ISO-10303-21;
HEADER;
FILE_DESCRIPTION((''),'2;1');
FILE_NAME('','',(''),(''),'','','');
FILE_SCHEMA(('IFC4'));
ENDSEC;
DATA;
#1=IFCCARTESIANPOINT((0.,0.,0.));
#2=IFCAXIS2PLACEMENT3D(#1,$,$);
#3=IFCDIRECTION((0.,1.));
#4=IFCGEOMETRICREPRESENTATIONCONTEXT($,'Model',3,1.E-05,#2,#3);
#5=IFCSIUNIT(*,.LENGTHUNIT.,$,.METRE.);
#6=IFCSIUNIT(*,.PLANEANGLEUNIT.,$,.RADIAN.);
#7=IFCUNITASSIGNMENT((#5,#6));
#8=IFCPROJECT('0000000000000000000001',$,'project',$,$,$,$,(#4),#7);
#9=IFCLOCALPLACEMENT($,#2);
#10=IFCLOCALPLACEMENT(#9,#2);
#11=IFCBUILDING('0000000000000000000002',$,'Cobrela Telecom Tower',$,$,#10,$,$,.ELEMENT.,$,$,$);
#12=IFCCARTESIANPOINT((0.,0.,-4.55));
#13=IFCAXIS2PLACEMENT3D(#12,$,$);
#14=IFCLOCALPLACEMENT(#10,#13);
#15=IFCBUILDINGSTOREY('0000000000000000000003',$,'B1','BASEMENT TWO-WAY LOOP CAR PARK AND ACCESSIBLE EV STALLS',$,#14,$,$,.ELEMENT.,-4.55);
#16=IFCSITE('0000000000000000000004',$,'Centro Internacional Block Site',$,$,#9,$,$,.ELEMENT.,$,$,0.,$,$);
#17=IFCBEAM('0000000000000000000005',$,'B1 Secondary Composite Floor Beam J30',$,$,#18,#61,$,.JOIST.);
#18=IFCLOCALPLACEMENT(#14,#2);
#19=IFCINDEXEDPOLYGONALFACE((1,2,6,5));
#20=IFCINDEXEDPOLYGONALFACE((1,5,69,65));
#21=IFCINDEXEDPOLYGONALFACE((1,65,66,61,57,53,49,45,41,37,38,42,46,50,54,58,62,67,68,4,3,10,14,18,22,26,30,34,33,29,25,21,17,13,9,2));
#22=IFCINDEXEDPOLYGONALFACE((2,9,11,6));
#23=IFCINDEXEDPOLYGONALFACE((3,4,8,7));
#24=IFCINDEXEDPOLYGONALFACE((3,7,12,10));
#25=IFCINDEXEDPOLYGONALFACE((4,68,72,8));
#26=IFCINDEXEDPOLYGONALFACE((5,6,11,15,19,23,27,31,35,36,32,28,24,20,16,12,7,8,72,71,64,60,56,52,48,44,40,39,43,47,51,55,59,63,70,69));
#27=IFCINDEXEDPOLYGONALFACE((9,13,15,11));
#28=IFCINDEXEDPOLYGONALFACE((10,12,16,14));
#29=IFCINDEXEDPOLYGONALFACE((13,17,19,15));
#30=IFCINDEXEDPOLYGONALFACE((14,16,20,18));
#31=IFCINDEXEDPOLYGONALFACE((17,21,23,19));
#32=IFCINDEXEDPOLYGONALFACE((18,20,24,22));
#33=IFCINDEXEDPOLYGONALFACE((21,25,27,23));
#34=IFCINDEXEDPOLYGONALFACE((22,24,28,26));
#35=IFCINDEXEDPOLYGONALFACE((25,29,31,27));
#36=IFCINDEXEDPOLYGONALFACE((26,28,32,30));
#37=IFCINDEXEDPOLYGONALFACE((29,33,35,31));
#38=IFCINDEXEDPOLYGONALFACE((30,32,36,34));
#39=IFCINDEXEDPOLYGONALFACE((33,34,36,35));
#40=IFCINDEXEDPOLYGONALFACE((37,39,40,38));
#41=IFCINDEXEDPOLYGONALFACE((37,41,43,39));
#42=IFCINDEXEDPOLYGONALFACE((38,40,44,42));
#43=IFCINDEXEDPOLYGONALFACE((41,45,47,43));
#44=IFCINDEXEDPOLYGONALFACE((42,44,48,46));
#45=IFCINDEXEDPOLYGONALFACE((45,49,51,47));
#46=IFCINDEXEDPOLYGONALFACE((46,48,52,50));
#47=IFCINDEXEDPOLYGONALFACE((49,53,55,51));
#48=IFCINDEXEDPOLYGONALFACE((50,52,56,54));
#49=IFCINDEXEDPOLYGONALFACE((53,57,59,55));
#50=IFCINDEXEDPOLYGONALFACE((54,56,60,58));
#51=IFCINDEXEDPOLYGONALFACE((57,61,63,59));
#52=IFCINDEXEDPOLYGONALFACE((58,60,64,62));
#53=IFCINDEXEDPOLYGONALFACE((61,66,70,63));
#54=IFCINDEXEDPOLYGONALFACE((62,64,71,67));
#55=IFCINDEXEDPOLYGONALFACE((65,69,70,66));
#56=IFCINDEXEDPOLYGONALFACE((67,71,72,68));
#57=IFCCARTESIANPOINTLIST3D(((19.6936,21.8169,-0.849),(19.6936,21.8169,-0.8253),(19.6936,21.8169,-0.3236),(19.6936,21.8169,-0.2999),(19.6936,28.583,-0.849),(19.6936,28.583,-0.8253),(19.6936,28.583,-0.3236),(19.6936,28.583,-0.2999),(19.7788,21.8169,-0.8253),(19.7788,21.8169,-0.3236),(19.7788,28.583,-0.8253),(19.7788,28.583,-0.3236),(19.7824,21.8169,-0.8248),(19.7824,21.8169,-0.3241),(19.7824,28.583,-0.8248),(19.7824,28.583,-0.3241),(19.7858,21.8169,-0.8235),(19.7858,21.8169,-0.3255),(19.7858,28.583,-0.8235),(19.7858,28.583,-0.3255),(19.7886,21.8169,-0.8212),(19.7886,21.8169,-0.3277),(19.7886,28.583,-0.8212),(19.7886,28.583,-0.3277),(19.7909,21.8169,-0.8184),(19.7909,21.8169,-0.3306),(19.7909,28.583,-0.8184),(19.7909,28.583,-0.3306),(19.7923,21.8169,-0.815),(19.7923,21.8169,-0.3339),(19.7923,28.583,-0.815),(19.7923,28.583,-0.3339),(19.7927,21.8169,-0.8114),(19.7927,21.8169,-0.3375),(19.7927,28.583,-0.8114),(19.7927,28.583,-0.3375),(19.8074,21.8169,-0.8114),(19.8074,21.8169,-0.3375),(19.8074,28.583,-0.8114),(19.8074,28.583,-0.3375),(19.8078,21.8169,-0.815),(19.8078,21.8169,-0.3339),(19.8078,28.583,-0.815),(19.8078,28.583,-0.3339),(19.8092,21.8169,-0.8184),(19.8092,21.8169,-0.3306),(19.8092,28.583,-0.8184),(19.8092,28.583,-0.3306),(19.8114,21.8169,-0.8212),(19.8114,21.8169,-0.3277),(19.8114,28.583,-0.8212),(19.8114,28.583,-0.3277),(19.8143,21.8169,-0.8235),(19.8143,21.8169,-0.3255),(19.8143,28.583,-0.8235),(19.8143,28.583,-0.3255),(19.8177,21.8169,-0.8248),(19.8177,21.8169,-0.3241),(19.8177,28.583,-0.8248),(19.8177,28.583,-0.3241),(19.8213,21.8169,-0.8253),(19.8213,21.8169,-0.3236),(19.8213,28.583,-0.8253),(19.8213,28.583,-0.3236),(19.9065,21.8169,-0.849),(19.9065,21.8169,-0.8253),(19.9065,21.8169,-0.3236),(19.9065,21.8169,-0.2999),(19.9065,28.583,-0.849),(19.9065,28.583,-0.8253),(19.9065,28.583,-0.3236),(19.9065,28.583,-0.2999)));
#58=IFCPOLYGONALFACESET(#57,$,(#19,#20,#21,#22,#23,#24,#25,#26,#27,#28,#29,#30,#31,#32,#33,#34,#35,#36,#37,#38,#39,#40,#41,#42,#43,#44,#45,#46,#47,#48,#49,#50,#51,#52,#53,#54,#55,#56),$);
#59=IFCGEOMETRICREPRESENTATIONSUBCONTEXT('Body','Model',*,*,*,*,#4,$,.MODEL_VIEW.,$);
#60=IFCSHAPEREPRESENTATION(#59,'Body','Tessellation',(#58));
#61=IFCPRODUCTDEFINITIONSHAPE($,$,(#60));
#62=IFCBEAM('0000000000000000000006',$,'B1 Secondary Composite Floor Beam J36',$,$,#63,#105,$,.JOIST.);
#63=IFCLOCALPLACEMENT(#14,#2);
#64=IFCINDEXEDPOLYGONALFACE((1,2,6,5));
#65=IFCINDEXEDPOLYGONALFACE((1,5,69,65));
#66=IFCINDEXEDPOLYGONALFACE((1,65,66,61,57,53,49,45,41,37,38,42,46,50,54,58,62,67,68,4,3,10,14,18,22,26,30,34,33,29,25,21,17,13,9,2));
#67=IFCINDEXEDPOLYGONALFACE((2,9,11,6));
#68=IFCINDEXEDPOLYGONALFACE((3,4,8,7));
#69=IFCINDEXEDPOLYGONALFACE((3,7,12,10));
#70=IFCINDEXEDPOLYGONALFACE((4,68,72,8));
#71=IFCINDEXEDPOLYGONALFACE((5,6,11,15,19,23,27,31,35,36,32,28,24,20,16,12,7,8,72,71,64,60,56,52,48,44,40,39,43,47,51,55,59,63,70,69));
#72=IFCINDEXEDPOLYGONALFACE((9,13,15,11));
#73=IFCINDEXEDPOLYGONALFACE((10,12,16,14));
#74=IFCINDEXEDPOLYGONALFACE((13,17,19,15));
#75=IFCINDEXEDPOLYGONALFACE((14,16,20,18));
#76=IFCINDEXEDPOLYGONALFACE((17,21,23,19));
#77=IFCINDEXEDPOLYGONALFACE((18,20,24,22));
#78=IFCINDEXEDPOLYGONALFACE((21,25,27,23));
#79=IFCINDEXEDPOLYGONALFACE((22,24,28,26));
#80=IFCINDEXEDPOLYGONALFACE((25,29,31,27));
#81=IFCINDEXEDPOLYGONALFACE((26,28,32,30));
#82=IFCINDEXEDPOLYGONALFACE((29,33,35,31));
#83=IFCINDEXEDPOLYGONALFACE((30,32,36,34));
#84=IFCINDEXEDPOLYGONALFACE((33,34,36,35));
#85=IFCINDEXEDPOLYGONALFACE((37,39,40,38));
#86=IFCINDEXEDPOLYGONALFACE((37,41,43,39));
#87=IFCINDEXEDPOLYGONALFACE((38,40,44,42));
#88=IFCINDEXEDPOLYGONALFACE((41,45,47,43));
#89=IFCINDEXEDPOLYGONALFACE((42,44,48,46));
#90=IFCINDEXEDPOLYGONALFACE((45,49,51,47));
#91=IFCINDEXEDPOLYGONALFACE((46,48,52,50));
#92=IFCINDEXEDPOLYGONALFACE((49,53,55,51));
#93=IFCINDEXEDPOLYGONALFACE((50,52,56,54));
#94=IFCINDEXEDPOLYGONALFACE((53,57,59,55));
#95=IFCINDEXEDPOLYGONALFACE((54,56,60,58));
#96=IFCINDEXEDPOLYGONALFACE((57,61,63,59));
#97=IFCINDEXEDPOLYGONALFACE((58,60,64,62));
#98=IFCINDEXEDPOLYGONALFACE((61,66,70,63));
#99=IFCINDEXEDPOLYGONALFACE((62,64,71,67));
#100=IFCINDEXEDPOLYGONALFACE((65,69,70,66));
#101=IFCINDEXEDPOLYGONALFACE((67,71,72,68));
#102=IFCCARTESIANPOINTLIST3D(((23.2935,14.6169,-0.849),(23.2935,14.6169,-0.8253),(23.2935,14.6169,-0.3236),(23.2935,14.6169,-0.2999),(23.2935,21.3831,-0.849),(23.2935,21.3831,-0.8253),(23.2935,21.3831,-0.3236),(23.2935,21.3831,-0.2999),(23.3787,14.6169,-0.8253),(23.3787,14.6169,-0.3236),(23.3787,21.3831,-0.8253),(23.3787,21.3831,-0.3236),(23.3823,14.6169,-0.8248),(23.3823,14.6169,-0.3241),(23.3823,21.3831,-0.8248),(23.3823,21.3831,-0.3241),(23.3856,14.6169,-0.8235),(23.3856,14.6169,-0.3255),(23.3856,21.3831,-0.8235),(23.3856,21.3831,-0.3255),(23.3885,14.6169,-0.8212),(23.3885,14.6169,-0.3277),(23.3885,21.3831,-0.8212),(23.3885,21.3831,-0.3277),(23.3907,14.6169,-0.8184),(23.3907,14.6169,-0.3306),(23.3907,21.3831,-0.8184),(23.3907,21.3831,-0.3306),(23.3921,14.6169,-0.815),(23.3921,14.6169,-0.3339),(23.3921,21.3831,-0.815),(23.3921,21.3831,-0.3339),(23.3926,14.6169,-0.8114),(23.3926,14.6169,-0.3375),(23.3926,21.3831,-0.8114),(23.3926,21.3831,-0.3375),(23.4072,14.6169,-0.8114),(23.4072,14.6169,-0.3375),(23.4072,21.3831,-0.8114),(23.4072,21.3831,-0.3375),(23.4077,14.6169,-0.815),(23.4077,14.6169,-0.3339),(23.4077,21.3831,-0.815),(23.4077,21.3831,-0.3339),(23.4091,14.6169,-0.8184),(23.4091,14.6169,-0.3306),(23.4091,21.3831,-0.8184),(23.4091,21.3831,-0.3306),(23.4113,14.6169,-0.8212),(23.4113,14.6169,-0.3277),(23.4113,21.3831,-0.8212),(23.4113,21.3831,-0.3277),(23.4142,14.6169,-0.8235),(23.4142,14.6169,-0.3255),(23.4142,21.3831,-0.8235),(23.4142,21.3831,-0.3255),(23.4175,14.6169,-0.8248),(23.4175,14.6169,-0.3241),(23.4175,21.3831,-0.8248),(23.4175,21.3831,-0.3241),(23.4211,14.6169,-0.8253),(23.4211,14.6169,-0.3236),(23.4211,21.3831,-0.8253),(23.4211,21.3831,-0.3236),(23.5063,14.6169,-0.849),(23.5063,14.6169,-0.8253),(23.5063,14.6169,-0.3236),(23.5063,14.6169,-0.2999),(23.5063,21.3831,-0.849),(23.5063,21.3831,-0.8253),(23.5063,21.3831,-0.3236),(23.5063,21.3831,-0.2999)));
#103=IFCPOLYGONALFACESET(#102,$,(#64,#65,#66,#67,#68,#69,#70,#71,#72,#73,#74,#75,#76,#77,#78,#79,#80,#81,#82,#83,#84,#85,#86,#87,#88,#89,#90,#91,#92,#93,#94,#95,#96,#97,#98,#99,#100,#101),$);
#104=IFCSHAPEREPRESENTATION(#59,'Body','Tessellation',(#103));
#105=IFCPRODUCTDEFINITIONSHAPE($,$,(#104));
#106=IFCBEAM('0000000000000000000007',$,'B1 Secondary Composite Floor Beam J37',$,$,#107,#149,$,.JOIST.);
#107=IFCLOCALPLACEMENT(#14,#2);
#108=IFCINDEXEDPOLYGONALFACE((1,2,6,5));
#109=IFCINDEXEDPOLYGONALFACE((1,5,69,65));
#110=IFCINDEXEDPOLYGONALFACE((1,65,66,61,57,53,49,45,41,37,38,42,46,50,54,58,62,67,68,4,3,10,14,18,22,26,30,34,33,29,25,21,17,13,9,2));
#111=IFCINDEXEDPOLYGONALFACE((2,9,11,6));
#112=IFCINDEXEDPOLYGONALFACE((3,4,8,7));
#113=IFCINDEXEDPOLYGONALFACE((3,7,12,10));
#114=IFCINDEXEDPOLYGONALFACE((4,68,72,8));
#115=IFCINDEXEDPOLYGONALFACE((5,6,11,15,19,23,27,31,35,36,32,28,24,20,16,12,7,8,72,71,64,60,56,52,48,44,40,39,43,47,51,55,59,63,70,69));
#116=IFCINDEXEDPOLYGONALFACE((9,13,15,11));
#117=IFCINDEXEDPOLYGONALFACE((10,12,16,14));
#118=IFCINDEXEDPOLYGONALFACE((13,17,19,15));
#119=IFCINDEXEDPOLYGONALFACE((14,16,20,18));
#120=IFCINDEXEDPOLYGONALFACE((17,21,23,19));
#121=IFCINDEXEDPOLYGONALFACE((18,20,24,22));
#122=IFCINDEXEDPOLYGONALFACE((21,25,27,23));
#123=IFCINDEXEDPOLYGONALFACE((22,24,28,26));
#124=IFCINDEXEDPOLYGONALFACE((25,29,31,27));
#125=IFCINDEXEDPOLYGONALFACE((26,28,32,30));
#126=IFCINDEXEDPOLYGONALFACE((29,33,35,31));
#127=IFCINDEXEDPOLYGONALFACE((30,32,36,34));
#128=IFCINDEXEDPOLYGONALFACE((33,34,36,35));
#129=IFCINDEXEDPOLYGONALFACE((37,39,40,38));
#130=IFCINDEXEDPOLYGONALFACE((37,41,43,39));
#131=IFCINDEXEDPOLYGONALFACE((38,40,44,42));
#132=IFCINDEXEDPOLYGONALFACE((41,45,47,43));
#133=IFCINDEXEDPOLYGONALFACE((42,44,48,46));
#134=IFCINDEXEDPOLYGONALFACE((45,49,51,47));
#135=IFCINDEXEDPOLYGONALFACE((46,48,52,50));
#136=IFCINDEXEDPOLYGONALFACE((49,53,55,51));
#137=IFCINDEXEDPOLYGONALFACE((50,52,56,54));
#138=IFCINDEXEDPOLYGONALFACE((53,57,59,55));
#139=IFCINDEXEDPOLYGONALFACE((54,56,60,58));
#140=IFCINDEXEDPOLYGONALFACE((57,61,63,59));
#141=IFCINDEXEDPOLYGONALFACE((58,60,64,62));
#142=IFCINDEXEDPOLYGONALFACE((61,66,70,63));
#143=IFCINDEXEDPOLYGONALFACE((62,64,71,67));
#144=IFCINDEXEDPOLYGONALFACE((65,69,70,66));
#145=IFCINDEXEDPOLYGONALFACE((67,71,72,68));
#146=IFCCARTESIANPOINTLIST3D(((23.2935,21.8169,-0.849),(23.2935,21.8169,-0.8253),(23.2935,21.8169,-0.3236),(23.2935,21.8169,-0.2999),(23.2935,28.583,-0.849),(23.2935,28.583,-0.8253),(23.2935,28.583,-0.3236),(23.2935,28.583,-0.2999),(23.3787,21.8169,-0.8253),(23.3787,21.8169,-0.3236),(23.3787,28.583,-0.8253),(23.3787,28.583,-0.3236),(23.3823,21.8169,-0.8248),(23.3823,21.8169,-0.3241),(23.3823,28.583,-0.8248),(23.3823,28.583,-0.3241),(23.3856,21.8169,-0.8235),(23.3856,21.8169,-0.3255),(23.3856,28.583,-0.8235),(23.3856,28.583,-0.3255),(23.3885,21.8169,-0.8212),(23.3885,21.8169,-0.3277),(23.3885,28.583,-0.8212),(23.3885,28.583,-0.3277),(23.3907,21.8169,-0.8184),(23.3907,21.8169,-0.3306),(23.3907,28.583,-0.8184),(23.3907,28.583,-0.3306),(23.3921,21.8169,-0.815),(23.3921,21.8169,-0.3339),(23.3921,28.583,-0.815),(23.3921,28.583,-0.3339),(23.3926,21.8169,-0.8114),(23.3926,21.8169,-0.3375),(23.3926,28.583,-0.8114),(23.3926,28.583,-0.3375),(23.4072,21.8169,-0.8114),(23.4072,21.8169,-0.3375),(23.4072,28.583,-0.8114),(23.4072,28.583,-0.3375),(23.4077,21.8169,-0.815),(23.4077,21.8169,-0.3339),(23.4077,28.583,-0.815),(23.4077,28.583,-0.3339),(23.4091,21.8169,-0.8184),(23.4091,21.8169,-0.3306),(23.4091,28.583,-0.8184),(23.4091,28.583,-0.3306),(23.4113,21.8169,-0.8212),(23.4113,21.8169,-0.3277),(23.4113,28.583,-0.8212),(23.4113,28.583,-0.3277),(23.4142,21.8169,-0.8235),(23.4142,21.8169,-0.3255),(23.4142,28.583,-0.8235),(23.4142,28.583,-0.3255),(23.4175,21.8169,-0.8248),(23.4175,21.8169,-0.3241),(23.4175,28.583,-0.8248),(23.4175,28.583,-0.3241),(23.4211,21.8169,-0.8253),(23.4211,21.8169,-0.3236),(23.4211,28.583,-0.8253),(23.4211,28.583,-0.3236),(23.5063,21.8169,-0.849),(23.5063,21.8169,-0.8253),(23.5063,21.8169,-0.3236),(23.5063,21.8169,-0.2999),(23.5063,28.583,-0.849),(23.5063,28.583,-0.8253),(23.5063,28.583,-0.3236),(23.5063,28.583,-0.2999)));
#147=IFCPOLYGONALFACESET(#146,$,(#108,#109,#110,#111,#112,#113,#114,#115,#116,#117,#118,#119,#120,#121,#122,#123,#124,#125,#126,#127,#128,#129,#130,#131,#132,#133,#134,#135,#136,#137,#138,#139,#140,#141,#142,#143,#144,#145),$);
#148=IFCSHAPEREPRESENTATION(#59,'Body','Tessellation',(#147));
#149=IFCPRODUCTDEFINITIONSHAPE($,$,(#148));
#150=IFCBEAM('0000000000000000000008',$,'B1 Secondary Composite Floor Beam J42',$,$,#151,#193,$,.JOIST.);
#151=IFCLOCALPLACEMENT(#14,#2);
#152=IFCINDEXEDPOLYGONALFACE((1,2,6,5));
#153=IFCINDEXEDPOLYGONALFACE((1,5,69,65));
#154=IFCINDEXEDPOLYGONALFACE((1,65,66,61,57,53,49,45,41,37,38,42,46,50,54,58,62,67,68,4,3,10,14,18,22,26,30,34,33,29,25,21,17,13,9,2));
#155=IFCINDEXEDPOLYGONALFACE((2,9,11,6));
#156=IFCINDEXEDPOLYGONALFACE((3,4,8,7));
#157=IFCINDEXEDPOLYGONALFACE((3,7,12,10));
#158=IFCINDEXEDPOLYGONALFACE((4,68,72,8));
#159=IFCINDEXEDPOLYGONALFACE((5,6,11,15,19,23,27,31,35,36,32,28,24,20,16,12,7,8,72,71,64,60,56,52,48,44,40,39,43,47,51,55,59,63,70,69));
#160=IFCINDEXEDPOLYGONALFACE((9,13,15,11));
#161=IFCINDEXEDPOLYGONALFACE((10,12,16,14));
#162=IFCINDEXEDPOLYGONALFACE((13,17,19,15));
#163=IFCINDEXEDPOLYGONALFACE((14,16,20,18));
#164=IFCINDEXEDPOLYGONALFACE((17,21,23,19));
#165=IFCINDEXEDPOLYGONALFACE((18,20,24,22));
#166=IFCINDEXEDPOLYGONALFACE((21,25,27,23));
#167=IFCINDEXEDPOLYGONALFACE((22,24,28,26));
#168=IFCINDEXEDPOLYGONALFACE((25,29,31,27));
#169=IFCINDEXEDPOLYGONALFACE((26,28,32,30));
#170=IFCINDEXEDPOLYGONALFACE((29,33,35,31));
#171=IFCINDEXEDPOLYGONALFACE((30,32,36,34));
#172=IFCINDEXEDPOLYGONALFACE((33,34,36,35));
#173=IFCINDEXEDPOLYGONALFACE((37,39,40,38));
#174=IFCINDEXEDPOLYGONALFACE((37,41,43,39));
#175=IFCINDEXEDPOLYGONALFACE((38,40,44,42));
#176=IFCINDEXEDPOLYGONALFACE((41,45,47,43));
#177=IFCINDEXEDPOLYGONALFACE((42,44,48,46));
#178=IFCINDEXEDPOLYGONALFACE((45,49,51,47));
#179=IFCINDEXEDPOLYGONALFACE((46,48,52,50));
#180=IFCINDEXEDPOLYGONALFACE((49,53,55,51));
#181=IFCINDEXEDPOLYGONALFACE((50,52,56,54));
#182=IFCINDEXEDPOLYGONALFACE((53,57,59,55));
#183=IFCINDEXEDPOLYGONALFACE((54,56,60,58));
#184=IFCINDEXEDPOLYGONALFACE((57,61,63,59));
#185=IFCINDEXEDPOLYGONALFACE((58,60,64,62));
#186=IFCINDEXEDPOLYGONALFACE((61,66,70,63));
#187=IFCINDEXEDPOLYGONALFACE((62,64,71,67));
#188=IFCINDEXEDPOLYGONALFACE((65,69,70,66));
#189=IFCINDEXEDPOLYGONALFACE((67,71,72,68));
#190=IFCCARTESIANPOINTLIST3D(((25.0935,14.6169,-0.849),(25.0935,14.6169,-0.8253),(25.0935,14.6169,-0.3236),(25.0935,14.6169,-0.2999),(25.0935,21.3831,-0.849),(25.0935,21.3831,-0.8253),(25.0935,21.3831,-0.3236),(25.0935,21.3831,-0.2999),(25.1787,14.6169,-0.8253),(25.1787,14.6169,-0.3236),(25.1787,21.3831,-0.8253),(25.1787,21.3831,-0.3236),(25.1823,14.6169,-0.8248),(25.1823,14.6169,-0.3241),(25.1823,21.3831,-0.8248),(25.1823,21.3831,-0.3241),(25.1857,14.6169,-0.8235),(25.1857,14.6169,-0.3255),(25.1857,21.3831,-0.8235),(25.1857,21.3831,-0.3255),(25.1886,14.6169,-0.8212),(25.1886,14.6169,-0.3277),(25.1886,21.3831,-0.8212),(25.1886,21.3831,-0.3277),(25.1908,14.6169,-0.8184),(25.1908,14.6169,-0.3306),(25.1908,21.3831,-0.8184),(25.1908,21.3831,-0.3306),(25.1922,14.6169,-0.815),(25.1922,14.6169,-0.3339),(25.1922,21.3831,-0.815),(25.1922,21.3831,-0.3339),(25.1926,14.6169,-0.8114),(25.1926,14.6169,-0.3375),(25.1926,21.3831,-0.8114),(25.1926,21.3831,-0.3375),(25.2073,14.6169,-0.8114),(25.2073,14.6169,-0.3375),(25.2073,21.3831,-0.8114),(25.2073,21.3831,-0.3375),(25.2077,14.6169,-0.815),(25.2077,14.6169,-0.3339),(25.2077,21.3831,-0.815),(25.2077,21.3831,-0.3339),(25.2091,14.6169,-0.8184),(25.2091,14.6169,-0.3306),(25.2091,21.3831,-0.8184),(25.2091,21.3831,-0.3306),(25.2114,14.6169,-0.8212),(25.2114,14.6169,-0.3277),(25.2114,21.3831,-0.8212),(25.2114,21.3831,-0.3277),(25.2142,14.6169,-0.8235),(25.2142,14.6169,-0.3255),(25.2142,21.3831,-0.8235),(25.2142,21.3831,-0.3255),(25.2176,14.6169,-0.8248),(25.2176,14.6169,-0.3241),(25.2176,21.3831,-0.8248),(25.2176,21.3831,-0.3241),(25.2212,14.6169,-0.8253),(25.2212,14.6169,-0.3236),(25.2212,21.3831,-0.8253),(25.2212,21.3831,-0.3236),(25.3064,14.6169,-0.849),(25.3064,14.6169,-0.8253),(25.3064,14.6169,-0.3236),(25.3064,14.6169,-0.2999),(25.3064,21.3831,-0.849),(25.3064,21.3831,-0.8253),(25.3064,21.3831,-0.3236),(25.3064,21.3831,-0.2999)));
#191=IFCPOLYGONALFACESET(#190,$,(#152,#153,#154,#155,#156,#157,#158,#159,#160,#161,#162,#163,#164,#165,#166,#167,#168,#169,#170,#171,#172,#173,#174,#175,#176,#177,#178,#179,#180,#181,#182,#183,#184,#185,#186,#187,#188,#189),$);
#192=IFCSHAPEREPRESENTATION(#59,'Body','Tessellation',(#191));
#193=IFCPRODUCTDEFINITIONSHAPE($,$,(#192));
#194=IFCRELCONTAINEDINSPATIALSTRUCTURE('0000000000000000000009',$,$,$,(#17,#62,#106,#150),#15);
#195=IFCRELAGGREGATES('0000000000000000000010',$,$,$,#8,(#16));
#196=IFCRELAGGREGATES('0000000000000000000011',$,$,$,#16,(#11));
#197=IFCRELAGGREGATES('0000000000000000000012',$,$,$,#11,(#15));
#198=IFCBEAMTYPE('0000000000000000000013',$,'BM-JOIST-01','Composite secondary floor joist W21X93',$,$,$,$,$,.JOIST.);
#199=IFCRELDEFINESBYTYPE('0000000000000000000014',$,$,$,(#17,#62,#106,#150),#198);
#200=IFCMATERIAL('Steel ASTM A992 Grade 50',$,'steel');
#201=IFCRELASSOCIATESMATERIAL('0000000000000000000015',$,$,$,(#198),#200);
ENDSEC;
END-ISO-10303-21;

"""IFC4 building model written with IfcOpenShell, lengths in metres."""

from ifc_helpers import new_model, si_unit, direction, frame, origin, origin_2d, place, context, subcontext, project, spatial, i_section, extrude, material, material_profile, profile_set, type_object, element, save


model = new_model("IFC4")

# Units and contexts
model_context = context("Model", 3, precision=1e-05, world=origin(), true_north=direction((0.0, 1.0)))
body_context = subcontext(model_context, "Body", "Model", "MODEL_VIEW")
ifc_project = project(units=[si_unit("LENGTHUNIT", "METRE"), si_unit("PLANEANGLEUNIT", "RADIAN")], contexts=[model_context])

# Site, building, storey
site_placement = place(None, origin())
site = spatial("IfcSite", under=ifc_project, at=site_placement, Name="Centro Internacional Block Site", CompositionType="ELEMENT", RefElevation=0.0)
building_placement = place(site_placement, origin())
building = spatial("IfcBuilding", under=site, at=building_placement, Name="Cobrela Telecom Tower", CompositionType="ELEMENT")
storey_placement = place(building_placement, frame((0.0, 0.0, -4.55)))
storey = spatial("IfcBuildingStorey", under=building, at=storey_placement, Name="B1", Description="BASEMENT TWO-WAY LOOP CAR PARK AND ACCESSIBLE EV STALLS", CompositionType="ELEMENT", Elevation=-4.55)

# Beams
ifc_material_1 = material(Name="Steel ASTM A992 Grade 50", Category="steel")
ifc_material_profile_1 = material_profile(ifc_material_1, i_section(OverallWidth=0.2129, OverallDepth=0.5491, WebThickness=0.0146, FlangeThickness=0.0237, FilletRadius=0.0139, at=origin_2d()), Name="W21X93")
ifc_profile_set_1 = profile_set([ifc_material_profile_1], Name="Steel ASTM A992 Grade 50")
beam_type_1 = type_object("IfcBeamType", Name="BM-JOIST-01", Description="Composite secondary floor joist W21X93", PredefinedType="JOIST", material=ifc_profile_set_1)
for number, where, z_axis, x_axis, name in (
    (1, (19.8, 21.8169, -0.5745), (0.0, 1.0, 0.0), (-1.0, 0.0, 0.0), "B1 Secondary Composite Floor Beam J30"),
    (2, (23.3999, 14.6169, -0.5745), (0.0, 1.0, 0.0), (-1.0, 0.0, 0.0), "B1 Secondary Composite Floor Beam J36"),
    (3, (23.3999, 21.8169, -0.5745), (0.0, 1.0, 0.0), (-1.0, 0.0, 0.0), "B1 Secondary Composite Floor Beam J37"),
    (4, (25.2, 14.6169, -0.5745), (0.0, 1.0, 0.0), (-1.0, 0.0, 0.0), "B1 Secondary Composite Floor Beam J42"),
):
    element("IfcBeam", number, at=place(storey_placement, frame(where, z_axis=z_axis, x_axis=x_axis)), inside=storey, type_object=beam_type_1, Name=name, PredefinedType="JOIST", context=body_context, shape_type="SweptSolid", body=[
        extrude(i_section(OverallWidth=0.2129, OverallDepth=0.5491, WebThickness=0.0146, FlangeThickness=0.0237, FilletRadius=0.0139, at=origin_2d()), origin(), (0.0, 0.0, 1.0), 6.7661),
    ])

save(model, "model.ifc")
